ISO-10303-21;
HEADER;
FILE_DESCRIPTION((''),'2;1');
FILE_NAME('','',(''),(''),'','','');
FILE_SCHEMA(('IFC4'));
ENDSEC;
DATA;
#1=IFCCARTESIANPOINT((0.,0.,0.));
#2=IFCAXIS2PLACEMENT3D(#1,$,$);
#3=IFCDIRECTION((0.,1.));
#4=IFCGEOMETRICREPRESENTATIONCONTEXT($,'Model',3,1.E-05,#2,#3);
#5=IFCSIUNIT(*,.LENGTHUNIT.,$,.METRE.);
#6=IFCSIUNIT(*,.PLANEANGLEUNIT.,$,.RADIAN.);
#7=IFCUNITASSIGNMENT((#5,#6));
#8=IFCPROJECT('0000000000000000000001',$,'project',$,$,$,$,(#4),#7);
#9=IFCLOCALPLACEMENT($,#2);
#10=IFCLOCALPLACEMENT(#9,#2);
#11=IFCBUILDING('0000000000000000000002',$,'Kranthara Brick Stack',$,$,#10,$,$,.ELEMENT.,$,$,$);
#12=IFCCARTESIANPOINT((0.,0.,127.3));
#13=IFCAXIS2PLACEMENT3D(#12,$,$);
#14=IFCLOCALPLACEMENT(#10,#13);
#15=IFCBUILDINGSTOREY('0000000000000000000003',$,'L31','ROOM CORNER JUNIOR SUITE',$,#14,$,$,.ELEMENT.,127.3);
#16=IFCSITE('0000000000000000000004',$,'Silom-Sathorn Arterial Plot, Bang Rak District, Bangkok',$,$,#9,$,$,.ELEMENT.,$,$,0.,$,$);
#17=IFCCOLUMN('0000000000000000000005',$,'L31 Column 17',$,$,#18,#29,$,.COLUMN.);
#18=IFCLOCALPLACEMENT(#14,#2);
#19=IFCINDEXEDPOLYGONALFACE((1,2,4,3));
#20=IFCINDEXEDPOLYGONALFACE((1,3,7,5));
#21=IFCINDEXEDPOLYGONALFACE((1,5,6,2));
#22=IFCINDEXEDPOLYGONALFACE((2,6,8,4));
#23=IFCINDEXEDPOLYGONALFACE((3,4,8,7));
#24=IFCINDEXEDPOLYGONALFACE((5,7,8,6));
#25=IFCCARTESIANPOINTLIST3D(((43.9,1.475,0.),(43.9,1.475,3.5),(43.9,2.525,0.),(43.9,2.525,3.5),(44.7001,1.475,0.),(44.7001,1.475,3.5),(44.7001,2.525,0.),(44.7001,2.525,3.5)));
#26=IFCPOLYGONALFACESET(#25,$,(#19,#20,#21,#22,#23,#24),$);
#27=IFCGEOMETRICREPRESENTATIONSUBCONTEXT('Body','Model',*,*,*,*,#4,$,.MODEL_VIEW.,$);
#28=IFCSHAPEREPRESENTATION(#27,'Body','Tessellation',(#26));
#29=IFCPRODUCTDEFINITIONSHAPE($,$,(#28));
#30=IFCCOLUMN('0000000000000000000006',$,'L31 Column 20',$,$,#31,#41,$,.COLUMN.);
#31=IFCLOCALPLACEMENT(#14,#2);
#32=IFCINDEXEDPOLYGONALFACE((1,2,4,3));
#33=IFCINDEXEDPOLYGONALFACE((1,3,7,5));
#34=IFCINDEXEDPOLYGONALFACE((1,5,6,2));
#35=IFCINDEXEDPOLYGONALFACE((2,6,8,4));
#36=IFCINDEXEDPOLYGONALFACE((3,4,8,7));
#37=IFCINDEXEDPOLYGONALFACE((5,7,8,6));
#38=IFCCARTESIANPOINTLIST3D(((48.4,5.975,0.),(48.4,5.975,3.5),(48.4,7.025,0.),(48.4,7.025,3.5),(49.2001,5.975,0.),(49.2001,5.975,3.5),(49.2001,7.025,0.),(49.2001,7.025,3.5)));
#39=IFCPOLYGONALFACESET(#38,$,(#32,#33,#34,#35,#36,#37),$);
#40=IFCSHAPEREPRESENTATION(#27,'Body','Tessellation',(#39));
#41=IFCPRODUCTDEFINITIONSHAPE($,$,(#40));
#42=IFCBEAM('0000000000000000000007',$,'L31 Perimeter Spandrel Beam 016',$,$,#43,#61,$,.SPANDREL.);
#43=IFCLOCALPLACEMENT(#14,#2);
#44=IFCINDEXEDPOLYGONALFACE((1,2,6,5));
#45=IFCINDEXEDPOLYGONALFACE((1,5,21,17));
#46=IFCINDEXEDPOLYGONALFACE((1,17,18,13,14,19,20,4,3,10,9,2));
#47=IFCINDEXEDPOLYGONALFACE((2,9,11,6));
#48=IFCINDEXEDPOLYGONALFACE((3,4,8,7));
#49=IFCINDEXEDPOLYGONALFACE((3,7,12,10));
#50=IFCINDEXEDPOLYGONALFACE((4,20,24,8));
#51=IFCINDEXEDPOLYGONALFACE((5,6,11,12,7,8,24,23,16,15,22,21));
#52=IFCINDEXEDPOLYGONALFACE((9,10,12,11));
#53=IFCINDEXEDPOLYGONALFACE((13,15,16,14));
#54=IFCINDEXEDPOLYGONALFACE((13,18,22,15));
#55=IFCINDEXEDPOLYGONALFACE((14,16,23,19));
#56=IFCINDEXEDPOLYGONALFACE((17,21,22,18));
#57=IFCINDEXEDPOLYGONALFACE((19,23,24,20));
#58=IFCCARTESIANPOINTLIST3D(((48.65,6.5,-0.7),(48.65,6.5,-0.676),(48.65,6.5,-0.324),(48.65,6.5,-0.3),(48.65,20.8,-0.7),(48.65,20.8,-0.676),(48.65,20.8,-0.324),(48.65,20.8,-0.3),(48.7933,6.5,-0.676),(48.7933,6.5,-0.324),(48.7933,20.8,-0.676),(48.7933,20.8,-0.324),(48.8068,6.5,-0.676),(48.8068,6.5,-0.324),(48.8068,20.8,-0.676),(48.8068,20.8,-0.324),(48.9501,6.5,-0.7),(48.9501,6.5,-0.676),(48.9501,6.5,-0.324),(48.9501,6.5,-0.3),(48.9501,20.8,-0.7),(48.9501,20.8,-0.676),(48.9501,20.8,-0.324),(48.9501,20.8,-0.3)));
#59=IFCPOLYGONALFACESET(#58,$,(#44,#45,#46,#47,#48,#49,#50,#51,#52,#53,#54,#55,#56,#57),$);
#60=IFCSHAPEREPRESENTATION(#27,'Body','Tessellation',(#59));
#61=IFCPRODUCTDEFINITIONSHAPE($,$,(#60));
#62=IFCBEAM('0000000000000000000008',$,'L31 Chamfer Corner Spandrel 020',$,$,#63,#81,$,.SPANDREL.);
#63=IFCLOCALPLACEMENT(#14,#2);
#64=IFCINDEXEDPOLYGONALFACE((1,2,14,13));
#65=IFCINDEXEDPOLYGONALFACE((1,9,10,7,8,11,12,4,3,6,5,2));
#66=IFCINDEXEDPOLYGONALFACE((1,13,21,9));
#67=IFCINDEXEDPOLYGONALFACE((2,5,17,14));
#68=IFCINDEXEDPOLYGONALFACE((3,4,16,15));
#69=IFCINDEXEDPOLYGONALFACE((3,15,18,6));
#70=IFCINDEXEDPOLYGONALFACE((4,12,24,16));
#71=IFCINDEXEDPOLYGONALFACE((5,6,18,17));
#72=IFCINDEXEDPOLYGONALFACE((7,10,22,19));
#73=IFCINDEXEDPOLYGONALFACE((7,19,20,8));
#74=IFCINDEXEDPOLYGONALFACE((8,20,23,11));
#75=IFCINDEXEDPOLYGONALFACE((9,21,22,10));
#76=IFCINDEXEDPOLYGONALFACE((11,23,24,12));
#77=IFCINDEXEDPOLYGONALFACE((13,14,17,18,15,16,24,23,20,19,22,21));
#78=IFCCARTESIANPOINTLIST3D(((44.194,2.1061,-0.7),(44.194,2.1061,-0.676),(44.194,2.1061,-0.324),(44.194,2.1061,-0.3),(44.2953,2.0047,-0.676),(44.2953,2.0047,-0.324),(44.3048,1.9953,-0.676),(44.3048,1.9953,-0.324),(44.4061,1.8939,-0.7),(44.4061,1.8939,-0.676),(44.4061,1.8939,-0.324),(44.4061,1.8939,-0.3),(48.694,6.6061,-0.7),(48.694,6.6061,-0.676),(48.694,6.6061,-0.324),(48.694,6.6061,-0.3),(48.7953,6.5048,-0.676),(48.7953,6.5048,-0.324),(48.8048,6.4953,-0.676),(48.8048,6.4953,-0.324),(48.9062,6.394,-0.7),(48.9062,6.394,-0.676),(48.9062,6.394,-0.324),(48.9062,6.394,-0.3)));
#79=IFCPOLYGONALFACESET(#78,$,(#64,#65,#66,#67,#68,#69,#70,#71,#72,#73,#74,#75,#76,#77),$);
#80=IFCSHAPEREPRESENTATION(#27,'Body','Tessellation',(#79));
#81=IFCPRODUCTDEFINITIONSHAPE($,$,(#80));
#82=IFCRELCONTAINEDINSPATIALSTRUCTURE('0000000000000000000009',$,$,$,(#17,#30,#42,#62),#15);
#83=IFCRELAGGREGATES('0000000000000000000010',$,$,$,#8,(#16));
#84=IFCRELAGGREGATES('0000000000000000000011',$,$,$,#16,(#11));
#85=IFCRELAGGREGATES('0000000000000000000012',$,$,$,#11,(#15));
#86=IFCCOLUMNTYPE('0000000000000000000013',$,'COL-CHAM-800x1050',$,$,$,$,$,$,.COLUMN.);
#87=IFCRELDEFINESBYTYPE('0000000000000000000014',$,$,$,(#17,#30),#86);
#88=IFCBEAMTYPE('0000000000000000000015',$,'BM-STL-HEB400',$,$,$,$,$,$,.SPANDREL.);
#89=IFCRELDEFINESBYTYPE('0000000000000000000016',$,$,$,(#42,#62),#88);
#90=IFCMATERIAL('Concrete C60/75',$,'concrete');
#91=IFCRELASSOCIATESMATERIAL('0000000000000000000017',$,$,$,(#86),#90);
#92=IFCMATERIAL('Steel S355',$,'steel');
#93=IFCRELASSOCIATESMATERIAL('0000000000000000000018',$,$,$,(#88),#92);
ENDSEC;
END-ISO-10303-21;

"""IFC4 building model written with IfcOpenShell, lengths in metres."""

from ifc_helpers import new_model, si_unit, direction, frame, origin, origin_2d, place, context, subcontext, project, spatial, rectangle, i_section, extrude, material, material_profile, profile_set, type_object, element, save


model = new_model("IFC4")

# Units and contexts
model_context = context("Model", 3, precision=1e-05, world=origin(), true_north=direction((0.0, 1.0)))
body_context = subcontext(model_context, "Body", "Model", "MODEL_VIEW")
ifc_project = project(units=[si_unit("LENGTHUNIT", "METRE"), si_unit("PLANEANGLEUNIT", "RADIAN")], contexts=[model_context])

# Site, building, storey
site_placement = place(None, origin())
site = spatial("IfcSite", under=ifc_project, at=site_placement, Name="Silom-Sathorn Arterial Plot, Bang Rak District, Bangkok", CompositionType="ELEMENT", RefElevation=0.0)
building_placement = place(site_placement, origin())
building = spatial("IfcBuilding", under=site, at=building_placement, Name="Kranthara Brick Stack", CompositionType="ELEMENT")
storey_placement = place(building_placement, frame((0.0, 0.0, 127.3)))
storey = spatial("IfcBuildingStorey", under=building, at=storey_placement, Name="L31", Description="ROOM CORNER JUNIOR SUITE", CompositionType="ELEMENT", Elevation=127.3)

# Columns
ifc_material_1 = material(Name="Concrete C60/75", Category="concrete")
ifc_material_profile_1 = material_profile(ifc_material_1, rectangle(XDim=0.8, YDim=1.05, at=origin_2d()), Name="RC 800x1050")
ifc_profile_set_1 = profile_set([ifc_material_profile_1], Name="Concrete C60/75")
column_type = type_object("IfcColumnType", Name="COL-CHAM-800x1050", PredefinedType="COLUMN", material=ifc_profile_set_1)
for number, where, z_axis, x_axis, name in (
    (1, (44.3, 2.0, 0.0), (0.0, 0.0, 1.0), (1.0, 0.0, 0.0), "L31 Column 17"),
    (2, (48.8, 6.5, 0.0), (0.0, 0.0, 1.0), (1.0, 0.0, 0.0), "L31 Column 20"),
):
    element("IfcColumn", number, at=place(storey_placement, frame(where, z_axis=z_axis, x_axis=x_axis)), inside=storey, type_object=column_type, Name=name, PredefinedType="COLUMN", context=body_context, shape_type="SweptSolid", body=[
        extrude(rectangle(XDim=0.8, YDim=1.05, at=origin_2d()), origin(), (0.0, 0.0, 1.0), 3.5),
    ])

# Beams
ifc_material_2 = material(Name="Steel S355", Category="steel")
ifc_material_profile_2 = material_profile(ifc_material_2, i_section(OverallWidth=0.3, OverallDepth=0.3999, WebThickness=0.0134, FlangeThickness=0.0239, at=origin_2d()), Name="HEB 400")
ifc_profile_set_2 = profile_set([ifc_material_profile_2], Name="Steel S355")
beam_type = type_object("IfcBeamType", Name="BM-STL-HEB400", PredefinedType="SPANDREL", material=ifc_profile_set_2)
beam_1_placement = place(storey_placement, frame((48.8, 6.5, -0.5), z_axis=(0.0, 1.0, 0.0), x_axis=(-1.0, 0.0, 0.0)))
element("IfcBeam", 3, at=beam_1_placement, inside=storey, type_object=beam_type, Name="L31 Perimeter Spandrel Beam 016", PredefinedType="SPANDREL", context=body_context, shape_type="SweptSolid", body=[
    extrude(i_section(OverallWidth=0.3, OverallDepth=0.3999, WebThickness=0.0134, FlangeThickness=0.0239, at=origin_2d()), origin(), (0.0, 0.0, 1.0), 14.3),
])
beam_2_placement = place(storey_placement, frame((44.3, 2.0, -0.5), z_axis=(0.707107, 0.707107, 0.0), x_axis=(-0.707107, 0.707107, 0.0)))
element("IfcBeam", 4, at=beam_2_placement, inside=storey, type_object=beam_type, Name="L31 Chamfer Corner Spandrel 020", PredefinedType="SPANDREL", context=body_context, shape_type="SweptSolid", body=[
    extrude(i_section(OverallWidth=0.3, OverallDepth=0.3999, WebThickness=0.0134, FlangeThickness=0.0239, at=origin_2d()), origin(), (0.0, 0.0, 1.0), 6.364),
])

save(model, "model.ifc")
